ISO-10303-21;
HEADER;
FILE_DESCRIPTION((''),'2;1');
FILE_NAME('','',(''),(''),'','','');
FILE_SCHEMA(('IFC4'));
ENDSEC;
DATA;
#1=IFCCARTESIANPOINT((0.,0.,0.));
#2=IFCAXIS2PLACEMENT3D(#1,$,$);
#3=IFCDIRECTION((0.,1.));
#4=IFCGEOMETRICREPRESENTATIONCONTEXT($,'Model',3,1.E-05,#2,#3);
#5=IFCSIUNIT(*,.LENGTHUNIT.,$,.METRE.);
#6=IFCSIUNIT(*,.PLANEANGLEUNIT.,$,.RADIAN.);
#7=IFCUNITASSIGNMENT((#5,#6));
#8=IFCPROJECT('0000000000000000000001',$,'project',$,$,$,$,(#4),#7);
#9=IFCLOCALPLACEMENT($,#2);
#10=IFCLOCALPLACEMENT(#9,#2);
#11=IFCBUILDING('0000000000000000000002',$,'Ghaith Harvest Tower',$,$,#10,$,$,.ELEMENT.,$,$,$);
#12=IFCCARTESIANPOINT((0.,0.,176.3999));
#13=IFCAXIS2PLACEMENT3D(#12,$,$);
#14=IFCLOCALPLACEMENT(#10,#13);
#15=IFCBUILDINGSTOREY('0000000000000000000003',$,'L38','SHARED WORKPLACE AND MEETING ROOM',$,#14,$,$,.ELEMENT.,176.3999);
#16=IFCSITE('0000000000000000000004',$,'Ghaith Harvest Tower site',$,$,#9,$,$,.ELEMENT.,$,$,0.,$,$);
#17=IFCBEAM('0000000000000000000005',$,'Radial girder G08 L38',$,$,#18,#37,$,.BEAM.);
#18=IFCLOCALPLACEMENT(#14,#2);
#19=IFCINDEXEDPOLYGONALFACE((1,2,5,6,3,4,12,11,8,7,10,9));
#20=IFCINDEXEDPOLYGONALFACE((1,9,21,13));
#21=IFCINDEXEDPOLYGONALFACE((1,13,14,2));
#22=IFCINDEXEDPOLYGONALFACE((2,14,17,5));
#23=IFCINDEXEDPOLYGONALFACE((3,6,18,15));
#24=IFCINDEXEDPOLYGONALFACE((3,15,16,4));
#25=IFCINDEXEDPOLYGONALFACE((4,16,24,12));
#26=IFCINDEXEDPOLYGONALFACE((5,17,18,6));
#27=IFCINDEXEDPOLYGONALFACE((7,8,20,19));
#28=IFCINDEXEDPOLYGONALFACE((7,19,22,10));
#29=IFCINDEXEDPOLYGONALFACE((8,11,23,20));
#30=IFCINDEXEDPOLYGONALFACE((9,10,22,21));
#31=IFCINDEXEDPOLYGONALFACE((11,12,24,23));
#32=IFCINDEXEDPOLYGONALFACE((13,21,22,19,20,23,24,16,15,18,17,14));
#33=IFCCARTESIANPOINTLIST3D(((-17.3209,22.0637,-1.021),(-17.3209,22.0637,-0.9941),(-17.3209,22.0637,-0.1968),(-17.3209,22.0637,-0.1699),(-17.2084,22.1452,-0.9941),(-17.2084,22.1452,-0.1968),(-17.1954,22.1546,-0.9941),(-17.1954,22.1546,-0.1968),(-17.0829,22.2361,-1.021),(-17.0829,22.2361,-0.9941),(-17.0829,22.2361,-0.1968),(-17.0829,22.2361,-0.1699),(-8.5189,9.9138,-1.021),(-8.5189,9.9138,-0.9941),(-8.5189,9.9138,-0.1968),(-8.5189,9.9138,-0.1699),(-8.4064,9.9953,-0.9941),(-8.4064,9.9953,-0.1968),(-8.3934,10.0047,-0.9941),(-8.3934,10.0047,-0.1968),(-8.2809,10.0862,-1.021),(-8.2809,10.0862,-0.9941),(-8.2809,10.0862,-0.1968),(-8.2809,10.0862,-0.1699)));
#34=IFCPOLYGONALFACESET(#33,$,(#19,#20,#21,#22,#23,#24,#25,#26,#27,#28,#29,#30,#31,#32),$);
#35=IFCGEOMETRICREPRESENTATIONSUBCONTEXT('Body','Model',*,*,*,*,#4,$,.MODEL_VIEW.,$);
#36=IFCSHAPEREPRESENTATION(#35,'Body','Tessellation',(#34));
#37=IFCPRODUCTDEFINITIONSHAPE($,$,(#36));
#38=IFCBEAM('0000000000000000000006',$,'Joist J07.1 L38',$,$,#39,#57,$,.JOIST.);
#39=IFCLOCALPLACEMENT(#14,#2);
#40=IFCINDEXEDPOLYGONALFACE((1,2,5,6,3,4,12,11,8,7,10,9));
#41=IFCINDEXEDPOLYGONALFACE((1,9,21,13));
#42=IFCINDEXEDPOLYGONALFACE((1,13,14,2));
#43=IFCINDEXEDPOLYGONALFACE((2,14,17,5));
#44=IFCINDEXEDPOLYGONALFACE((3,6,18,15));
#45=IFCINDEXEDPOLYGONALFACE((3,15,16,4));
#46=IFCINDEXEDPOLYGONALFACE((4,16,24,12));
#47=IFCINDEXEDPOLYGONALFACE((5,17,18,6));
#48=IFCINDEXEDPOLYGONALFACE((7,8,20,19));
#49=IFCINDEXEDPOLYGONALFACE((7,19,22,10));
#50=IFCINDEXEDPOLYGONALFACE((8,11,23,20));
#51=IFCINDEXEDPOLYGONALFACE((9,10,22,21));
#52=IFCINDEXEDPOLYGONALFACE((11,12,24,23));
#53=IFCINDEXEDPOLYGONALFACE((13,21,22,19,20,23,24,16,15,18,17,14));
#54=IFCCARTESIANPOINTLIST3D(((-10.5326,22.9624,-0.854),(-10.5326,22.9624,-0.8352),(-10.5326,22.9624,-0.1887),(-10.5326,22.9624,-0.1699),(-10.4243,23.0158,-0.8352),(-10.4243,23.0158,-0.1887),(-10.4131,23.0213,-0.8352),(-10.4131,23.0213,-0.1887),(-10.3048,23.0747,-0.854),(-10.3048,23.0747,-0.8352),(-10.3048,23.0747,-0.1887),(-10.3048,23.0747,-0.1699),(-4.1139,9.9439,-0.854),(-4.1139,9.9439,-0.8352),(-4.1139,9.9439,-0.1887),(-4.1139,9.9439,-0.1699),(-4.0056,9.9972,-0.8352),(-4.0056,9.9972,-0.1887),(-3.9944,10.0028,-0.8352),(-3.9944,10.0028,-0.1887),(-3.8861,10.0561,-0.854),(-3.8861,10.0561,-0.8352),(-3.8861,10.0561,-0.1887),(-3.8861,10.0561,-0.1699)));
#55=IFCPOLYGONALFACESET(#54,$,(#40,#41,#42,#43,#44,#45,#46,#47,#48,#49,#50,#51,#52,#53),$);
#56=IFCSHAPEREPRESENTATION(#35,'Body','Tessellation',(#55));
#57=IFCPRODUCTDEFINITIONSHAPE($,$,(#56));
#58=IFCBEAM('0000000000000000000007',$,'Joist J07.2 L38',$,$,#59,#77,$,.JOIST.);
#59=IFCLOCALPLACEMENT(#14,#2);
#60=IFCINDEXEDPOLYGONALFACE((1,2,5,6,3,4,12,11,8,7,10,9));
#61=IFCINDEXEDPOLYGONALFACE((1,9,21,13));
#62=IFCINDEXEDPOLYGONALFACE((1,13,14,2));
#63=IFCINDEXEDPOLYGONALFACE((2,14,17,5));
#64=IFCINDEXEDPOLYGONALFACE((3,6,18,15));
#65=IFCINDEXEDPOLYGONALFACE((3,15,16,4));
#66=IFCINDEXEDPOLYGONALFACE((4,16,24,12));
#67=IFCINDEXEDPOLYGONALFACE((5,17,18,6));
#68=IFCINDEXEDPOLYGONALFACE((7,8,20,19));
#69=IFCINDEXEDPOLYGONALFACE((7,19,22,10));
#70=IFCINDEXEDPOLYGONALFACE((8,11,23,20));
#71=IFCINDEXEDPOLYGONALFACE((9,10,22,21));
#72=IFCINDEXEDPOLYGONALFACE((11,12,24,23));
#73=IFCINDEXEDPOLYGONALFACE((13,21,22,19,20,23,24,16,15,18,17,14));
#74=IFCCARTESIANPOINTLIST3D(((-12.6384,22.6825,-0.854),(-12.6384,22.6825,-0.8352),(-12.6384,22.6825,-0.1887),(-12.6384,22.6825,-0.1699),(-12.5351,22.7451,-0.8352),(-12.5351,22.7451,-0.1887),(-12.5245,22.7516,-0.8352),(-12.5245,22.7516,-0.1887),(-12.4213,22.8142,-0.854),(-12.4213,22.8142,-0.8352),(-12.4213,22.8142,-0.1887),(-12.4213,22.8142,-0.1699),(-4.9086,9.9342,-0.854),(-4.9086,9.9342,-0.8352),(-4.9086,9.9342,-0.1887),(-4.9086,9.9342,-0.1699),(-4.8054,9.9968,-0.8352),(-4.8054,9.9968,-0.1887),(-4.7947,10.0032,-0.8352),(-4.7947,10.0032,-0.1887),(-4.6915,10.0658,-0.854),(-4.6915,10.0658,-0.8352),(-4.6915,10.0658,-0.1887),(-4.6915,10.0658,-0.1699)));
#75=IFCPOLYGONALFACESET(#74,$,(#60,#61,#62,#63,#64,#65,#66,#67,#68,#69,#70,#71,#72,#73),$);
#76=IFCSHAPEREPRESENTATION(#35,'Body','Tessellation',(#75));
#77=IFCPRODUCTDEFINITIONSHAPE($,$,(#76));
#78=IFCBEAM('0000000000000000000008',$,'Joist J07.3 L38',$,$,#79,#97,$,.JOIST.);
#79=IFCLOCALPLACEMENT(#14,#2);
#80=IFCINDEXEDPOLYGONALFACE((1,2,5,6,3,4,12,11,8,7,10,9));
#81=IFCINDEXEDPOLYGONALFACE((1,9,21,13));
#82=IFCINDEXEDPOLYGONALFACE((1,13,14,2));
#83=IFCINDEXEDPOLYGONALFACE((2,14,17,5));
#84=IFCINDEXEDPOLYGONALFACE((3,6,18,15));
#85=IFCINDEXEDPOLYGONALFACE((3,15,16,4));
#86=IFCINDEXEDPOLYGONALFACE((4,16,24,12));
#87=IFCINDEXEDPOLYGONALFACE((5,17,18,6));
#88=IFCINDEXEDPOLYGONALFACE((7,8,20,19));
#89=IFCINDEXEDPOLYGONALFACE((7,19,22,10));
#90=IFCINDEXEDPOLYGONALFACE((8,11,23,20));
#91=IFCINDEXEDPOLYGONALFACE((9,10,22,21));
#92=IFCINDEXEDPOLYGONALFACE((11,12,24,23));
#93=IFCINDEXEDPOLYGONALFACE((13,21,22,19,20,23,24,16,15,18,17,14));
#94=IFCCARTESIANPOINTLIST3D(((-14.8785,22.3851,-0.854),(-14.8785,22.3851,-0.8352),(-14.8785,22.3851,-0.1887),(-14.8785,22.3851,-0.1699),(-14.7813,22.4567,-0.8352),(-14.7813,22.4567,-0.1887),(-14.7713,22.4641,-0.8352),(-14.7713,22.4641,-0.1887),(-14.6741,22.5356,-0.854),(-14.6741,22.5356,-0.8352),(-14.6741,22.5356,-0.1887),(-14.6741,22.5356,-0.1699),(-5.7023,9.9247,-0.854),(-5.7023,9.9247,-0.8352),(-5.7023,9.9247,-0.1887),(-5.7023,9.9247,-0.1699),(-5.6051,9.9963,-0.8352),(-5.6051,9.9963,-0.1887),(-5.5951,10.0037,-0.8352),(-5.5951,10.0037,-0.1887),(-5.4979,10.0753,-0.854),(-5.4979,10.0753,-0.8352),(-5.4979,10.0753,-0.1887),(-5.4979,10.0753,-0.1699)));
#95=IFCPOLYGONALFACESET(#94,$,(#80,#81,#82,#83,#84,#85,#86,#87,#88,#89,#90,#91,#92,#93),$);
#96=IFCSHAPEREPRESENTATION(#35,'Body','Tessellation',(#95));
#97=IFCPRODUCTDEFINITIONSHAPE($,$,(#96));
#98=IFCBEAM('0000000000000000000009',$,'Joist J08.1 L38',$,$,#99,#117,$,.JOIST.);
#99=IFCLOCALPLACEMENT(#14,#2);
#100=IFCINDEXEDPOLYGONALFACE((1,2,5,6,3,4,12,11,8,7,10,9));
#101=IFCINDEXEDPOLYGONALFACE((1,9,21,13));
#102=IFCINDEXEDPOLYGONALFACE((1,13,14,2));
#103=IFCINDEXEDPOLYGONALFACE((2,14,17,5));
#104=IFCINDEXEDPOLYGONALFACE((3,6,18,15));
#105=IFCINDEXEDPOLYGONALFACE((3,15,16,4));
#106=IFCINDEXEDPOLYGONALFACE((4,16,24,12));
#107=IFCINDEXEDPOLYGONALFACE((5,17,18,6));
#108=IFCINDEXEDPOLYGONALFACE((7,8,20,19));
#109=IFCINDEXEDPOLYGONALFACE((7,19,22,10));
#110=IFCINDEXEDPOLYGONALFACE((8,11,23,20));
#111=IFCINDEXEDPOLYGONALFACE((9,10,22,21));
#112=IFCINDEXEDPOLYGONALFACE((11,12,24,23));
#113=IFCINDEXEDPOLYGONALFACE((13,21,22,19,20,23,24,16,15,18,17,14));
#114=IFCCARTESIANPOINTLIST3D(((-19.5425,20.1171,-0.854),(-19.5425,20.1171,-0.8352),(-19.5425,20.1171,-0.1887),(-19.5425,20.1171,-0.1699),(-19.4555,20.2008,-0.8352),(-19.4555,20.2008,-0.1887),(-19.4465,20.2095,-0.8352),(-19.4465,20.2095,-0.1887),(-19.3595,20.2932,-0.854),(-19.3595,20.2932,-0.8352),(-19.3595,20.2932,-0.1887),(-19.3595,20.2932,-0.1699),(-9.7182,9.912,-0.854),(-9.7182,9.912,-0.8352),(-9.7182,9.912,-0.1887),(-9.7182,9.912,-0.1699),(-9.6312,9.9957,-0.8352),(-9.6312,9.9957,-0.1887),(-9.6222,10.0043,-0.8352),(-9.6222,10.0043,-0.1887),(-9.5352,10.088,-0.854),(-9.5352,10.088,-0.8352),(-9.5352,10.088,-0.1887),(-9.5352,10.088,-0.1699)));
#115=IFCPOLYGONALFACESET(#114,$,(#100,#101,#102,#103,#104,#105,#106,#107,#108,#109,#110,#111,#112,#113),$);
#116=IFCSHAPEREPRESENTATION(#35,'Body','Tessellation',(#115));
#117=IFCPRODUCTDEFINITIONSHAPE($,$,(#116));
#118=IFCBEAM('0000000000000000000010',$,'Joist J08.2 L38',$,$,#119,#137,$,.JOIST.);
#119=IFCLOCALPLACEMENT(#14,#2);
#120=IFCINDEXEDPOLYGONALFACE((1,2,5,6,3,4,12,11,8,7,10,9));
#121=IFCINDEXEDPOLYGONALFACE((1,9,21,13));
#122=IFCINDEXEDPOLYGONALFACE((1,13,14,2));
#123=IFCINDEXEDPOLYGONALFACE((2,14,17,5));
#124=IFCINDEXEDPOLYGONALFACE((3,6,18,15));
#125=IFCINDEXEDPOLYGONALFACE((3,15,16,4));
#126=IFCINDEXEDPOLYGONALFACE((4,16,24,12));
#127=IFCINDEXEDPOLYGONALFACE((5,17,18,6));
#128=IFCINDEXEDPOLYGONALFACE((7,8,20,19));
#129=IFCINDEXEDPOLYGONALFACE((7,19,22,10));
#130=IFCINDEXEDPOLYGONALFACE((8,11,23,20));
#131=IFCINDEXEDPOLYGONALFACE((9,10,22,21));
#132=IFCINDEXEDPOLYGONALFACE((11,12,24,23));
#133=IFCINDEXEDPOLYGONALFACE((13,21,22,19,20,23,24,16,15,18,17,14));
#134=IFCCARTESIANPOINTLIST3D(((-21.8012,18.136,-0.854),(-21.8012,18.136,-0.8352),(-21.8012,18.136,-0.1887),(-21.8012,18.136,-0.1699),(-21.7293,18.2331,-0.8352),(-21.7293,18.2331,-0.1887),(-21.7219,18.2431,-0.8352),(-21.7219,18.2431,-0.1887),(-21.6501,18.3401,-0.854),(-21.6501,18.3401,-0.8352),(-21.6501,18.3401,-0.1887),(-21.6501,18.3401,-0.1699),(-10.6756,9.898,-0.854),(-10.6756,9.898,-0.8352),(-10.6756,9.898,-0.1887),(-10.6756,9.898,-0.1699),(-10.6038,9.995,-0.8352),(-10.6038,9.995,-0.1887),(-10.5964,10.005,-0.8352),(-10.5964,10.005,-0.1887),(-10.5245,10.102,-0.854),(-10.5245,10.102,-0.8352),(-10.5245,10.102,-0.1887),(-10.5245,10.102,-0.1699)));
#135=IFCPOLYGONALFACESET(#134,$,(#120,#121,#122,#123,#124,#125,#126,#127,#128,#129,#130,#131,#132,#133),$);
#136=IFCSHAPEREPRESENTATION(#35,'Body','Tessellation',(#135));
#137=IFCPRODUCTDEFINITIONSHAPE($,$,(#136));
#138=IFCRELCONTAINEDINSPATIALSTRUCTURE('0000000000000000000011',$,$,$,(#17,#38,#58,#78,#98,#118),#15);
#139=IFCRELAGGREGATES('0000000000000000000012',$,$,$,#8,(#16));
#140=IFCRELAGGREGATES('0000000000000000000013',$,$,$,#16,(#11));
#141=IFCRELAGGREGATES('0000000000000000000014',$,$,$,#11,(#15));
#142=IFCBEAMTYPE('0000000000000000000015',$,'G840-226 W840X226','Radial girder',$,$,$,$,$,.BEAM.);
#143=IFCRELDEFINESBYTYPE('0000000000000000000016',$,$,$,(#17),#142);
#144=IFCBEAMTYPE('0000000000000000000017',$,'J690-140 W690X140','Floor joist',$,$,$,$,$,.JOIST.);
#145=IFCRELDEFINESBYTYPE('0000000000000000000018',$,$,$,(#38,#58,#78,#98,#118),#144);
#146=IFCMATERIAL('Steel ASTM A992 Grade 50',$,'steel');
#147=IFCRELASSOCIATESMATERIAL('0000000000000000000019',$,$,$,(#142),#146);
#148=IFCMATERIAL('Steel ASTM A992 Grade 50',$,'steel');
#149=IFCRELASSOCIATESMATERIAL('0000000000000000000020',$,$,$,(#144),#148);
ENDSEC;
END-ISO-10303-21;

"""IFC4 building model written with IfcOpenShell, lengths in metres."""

from ifc_helpers import new_model, si_unit, direction, frame, origin, origin_2d, place, context, subcontext, project, spatial, i_section, extrude, material, material_profile, profile_set, type_object, element, save


model = new_model("IFC4")

# Units and contexts
model_context = context("Model", 3, precision=1e-05, world=origin(), true_north=direction((0.0, 1.0)))
body_context = subcontext(model_context, "Body", "Model", "MODEL_VIEW")
ifc_project = project(units=[si_unit("LENGTHUNIT", "METRE"), si_unit("PLANEANGLEUNIT", "RADIAN")], contexts=[model_context])

# Site, building, storey
site_placement = place(None, origin())
site = spatial("IfcSite", under=ifc_project, at=site_placement, Name="Ghaith Harvest Tower site", CompositionType="ELEMENT", RefElevation=0.0)
building_placement = place(site_placement, origin())
building = spatial("IfcBuilding", under=site, at=building_placement, Name="Ghaith Harvest Tower", CompositionType="ELEMENT")
storey_placement = place(building_placement, frame((0.0, 0.0, 176.3999)))
storey = spatial("IfcBuildingStorey", under=building, at=storey_placement, Name="L38", Description="SHARED WORKPLACE AND MEETING ROOM", CompositionType="ELEMENT", Elevation=176.3999)

# Beams
ifc_material_1 = material(Name="Steel ASTM A992 Grade 50", Category="steel")
ifc_material_profile_1 = material_profile(ifc_material_1, i_section(OverallWidth=0.2939, OverallDepth=0.8511, WebThickness=0.0161, FlangeThickness=0.0269, at=origin_2d()), Name="W840X226")
ifc_profile_set_1 = profile_set([ifc_material_profile_1], Name="Steel ASTM A992 Grade 50")
beam_type_1 = type_object("IfcBeamType", Name="G840-226 W840X226", Description="Radial girder", PredefinedType="BEAM", material=ifc_profile_set_1)
beam_1_placement = place(storey_placement, frame((-8.3999, 10.0, -0.5955), z_axis=(-0.586676, 0.809822, 0.0), x_axis=(-0.809822, -0.586676, 0.0)))
element("IfcBeam", 1, at=beam_1_placement, inside=storey, type_object=beam_type_1, Name="Radial girder G08 L38", PredefinedType="BEAM", context=body_context, shape_type="SweptSolid", body=[
    extrude(i_section(OverallWidth=0.2939, OverallDepth=0.8511, WebThickness=0.0161, FlangeThickness=0.0269, at=origin_2d()), origin(), (0.0, 0.0, 1.0), 15.0032),
])
ifc_material_2 = material(Name="Steel ASTM A992 Grade 50", Category="steel")
ifc_material_profile_2 = material_profile(ifc_material_2, i_section(OverallWidth=0.2539, OverallDepth=0.6841, WebThickness=0.0125, FlangeThickness=0.0188, at=origin_2d()), Name="W690X140")
ifc_profile_set_2 = profile_set([ifc_material_profile_2], Name="Steel ASTM A992 Grade 50")
beam_type_2 = type_object("IfcBeamType", Name="J690-140 W690X140", Description="Floor joist", PredefinedType="JOIST", material=ifc_profile_set_2)
beam_2_placement = place(storey_placement, frame((-4.0, 10.0, -0.512), z_axis=(-0.442214, 0.896909, 0.0), x_axis=(-0.896909, -0.442214, 0.0)))
element("IfcBeam", 2, at=beam_2_placement, inside=storey, type_object=beam_type_2, Name="Joist J07.1 L38", PredefinedType="JOIST", context=body_context, shape_type="SweptSolid", body=[
    extrude(i_section(OverallWidth=0.2539, OverallDepth=0.6841, WebThickness=0.0125, FlangeThickness=0.0188, at=origin_2d()), origin(), (0.0, 0.0, 1.0), 14.5149),
])
beam_3_placement = place(storey_placement, frame((-4.8, 10.0, -0.512), z_axis=(-0.518473, 0.855094, 0.0), x_axis=(-0.855094, -0.518473, 0.0)))
element("IfcBeam", 3, at=beam_3_placement, inside=storey, type_object=beam_type_2, Name="Joist J07.2 L38", PredefinedType="JOIST", context=body_context, shape_type="SweptSolid", body=[
    extrude(i_section(OverallWidth=0.2539, OverallDepth=0.6841, WebThickness=0.0125, FlangeThickness=0.0188, at=origin_2d()), origin(), (0.0, 0.0, 1.0), 14.9087),
])
beam_4_placement = place(storey_placement, frame((-5.6001, 10.0, -0.512), z_axis=(-0.592985, 0.805214, 0.0), x_axis=(-0.805214, -0.592985, 0.0)))
element("IfcBeam", 4, at=beam_4_placement, inside=storey, type_object=beam_type_2, Name="Joist J07.3 L38", PredefinedType="JOIST", context=body_context, shape_type="SweptSolid", body=[
    extrude(i_section(OverallWidth=0.2539, OverallDepth=0.6841, WebThickness=0.0125, FlangeThickness=0.0188, at=origin_2d()), origin(), (0.0, 0.0, 1.0), 15.4746),
])
beam_5_placement = place(storey_placement, frame((-9.6267, 10.0, -0.512), z_axis=(-0.693536, 0.720422, 0.0), x_axis=(-0.720422, -0.693536, 0.0)))
element("IfcBeam", 5, at=beam_5_placement, inside=storey, type_object=beam_type_2, Name="Joist J08.1 L38", PredefinedType="JOIST", context=body_context, shape_type="SweptSolid", body=[
    extrude(i_section(OverallWidth=0.2539, OverallDepth=0.6841, WebThickness=0.0125, FlangeThickness=0.0188, at=origin_2d()), origin(), (0.0, 0.0, 1.0), 14.1655),
])
beam_6_placement = place(storey_placement, frame((-10.6001, 10.0, -0.512), z_axis=(-0.803663, 0.595085, 0.0), x_axis=(-0.595085, -0.803663, 0.0)))
element("IfcBeam", 6, at=beam_6_placement, inside=storey, type_object=beam_type_2, Name="Joist J08.2 L38", PredefinedType="JOIST", context=body_context, shape_type="SweptSolid", body=[
    extrude(i_section(OverallWidth=0.2539, OverallDepth=0.6841, WebThickness=0.0125, FlangeThickness=0.0188, at=origin_2d()), origin(), (0.0, 0.0, 1.0), 13.8435),
])

save(model, "model.ifc")
